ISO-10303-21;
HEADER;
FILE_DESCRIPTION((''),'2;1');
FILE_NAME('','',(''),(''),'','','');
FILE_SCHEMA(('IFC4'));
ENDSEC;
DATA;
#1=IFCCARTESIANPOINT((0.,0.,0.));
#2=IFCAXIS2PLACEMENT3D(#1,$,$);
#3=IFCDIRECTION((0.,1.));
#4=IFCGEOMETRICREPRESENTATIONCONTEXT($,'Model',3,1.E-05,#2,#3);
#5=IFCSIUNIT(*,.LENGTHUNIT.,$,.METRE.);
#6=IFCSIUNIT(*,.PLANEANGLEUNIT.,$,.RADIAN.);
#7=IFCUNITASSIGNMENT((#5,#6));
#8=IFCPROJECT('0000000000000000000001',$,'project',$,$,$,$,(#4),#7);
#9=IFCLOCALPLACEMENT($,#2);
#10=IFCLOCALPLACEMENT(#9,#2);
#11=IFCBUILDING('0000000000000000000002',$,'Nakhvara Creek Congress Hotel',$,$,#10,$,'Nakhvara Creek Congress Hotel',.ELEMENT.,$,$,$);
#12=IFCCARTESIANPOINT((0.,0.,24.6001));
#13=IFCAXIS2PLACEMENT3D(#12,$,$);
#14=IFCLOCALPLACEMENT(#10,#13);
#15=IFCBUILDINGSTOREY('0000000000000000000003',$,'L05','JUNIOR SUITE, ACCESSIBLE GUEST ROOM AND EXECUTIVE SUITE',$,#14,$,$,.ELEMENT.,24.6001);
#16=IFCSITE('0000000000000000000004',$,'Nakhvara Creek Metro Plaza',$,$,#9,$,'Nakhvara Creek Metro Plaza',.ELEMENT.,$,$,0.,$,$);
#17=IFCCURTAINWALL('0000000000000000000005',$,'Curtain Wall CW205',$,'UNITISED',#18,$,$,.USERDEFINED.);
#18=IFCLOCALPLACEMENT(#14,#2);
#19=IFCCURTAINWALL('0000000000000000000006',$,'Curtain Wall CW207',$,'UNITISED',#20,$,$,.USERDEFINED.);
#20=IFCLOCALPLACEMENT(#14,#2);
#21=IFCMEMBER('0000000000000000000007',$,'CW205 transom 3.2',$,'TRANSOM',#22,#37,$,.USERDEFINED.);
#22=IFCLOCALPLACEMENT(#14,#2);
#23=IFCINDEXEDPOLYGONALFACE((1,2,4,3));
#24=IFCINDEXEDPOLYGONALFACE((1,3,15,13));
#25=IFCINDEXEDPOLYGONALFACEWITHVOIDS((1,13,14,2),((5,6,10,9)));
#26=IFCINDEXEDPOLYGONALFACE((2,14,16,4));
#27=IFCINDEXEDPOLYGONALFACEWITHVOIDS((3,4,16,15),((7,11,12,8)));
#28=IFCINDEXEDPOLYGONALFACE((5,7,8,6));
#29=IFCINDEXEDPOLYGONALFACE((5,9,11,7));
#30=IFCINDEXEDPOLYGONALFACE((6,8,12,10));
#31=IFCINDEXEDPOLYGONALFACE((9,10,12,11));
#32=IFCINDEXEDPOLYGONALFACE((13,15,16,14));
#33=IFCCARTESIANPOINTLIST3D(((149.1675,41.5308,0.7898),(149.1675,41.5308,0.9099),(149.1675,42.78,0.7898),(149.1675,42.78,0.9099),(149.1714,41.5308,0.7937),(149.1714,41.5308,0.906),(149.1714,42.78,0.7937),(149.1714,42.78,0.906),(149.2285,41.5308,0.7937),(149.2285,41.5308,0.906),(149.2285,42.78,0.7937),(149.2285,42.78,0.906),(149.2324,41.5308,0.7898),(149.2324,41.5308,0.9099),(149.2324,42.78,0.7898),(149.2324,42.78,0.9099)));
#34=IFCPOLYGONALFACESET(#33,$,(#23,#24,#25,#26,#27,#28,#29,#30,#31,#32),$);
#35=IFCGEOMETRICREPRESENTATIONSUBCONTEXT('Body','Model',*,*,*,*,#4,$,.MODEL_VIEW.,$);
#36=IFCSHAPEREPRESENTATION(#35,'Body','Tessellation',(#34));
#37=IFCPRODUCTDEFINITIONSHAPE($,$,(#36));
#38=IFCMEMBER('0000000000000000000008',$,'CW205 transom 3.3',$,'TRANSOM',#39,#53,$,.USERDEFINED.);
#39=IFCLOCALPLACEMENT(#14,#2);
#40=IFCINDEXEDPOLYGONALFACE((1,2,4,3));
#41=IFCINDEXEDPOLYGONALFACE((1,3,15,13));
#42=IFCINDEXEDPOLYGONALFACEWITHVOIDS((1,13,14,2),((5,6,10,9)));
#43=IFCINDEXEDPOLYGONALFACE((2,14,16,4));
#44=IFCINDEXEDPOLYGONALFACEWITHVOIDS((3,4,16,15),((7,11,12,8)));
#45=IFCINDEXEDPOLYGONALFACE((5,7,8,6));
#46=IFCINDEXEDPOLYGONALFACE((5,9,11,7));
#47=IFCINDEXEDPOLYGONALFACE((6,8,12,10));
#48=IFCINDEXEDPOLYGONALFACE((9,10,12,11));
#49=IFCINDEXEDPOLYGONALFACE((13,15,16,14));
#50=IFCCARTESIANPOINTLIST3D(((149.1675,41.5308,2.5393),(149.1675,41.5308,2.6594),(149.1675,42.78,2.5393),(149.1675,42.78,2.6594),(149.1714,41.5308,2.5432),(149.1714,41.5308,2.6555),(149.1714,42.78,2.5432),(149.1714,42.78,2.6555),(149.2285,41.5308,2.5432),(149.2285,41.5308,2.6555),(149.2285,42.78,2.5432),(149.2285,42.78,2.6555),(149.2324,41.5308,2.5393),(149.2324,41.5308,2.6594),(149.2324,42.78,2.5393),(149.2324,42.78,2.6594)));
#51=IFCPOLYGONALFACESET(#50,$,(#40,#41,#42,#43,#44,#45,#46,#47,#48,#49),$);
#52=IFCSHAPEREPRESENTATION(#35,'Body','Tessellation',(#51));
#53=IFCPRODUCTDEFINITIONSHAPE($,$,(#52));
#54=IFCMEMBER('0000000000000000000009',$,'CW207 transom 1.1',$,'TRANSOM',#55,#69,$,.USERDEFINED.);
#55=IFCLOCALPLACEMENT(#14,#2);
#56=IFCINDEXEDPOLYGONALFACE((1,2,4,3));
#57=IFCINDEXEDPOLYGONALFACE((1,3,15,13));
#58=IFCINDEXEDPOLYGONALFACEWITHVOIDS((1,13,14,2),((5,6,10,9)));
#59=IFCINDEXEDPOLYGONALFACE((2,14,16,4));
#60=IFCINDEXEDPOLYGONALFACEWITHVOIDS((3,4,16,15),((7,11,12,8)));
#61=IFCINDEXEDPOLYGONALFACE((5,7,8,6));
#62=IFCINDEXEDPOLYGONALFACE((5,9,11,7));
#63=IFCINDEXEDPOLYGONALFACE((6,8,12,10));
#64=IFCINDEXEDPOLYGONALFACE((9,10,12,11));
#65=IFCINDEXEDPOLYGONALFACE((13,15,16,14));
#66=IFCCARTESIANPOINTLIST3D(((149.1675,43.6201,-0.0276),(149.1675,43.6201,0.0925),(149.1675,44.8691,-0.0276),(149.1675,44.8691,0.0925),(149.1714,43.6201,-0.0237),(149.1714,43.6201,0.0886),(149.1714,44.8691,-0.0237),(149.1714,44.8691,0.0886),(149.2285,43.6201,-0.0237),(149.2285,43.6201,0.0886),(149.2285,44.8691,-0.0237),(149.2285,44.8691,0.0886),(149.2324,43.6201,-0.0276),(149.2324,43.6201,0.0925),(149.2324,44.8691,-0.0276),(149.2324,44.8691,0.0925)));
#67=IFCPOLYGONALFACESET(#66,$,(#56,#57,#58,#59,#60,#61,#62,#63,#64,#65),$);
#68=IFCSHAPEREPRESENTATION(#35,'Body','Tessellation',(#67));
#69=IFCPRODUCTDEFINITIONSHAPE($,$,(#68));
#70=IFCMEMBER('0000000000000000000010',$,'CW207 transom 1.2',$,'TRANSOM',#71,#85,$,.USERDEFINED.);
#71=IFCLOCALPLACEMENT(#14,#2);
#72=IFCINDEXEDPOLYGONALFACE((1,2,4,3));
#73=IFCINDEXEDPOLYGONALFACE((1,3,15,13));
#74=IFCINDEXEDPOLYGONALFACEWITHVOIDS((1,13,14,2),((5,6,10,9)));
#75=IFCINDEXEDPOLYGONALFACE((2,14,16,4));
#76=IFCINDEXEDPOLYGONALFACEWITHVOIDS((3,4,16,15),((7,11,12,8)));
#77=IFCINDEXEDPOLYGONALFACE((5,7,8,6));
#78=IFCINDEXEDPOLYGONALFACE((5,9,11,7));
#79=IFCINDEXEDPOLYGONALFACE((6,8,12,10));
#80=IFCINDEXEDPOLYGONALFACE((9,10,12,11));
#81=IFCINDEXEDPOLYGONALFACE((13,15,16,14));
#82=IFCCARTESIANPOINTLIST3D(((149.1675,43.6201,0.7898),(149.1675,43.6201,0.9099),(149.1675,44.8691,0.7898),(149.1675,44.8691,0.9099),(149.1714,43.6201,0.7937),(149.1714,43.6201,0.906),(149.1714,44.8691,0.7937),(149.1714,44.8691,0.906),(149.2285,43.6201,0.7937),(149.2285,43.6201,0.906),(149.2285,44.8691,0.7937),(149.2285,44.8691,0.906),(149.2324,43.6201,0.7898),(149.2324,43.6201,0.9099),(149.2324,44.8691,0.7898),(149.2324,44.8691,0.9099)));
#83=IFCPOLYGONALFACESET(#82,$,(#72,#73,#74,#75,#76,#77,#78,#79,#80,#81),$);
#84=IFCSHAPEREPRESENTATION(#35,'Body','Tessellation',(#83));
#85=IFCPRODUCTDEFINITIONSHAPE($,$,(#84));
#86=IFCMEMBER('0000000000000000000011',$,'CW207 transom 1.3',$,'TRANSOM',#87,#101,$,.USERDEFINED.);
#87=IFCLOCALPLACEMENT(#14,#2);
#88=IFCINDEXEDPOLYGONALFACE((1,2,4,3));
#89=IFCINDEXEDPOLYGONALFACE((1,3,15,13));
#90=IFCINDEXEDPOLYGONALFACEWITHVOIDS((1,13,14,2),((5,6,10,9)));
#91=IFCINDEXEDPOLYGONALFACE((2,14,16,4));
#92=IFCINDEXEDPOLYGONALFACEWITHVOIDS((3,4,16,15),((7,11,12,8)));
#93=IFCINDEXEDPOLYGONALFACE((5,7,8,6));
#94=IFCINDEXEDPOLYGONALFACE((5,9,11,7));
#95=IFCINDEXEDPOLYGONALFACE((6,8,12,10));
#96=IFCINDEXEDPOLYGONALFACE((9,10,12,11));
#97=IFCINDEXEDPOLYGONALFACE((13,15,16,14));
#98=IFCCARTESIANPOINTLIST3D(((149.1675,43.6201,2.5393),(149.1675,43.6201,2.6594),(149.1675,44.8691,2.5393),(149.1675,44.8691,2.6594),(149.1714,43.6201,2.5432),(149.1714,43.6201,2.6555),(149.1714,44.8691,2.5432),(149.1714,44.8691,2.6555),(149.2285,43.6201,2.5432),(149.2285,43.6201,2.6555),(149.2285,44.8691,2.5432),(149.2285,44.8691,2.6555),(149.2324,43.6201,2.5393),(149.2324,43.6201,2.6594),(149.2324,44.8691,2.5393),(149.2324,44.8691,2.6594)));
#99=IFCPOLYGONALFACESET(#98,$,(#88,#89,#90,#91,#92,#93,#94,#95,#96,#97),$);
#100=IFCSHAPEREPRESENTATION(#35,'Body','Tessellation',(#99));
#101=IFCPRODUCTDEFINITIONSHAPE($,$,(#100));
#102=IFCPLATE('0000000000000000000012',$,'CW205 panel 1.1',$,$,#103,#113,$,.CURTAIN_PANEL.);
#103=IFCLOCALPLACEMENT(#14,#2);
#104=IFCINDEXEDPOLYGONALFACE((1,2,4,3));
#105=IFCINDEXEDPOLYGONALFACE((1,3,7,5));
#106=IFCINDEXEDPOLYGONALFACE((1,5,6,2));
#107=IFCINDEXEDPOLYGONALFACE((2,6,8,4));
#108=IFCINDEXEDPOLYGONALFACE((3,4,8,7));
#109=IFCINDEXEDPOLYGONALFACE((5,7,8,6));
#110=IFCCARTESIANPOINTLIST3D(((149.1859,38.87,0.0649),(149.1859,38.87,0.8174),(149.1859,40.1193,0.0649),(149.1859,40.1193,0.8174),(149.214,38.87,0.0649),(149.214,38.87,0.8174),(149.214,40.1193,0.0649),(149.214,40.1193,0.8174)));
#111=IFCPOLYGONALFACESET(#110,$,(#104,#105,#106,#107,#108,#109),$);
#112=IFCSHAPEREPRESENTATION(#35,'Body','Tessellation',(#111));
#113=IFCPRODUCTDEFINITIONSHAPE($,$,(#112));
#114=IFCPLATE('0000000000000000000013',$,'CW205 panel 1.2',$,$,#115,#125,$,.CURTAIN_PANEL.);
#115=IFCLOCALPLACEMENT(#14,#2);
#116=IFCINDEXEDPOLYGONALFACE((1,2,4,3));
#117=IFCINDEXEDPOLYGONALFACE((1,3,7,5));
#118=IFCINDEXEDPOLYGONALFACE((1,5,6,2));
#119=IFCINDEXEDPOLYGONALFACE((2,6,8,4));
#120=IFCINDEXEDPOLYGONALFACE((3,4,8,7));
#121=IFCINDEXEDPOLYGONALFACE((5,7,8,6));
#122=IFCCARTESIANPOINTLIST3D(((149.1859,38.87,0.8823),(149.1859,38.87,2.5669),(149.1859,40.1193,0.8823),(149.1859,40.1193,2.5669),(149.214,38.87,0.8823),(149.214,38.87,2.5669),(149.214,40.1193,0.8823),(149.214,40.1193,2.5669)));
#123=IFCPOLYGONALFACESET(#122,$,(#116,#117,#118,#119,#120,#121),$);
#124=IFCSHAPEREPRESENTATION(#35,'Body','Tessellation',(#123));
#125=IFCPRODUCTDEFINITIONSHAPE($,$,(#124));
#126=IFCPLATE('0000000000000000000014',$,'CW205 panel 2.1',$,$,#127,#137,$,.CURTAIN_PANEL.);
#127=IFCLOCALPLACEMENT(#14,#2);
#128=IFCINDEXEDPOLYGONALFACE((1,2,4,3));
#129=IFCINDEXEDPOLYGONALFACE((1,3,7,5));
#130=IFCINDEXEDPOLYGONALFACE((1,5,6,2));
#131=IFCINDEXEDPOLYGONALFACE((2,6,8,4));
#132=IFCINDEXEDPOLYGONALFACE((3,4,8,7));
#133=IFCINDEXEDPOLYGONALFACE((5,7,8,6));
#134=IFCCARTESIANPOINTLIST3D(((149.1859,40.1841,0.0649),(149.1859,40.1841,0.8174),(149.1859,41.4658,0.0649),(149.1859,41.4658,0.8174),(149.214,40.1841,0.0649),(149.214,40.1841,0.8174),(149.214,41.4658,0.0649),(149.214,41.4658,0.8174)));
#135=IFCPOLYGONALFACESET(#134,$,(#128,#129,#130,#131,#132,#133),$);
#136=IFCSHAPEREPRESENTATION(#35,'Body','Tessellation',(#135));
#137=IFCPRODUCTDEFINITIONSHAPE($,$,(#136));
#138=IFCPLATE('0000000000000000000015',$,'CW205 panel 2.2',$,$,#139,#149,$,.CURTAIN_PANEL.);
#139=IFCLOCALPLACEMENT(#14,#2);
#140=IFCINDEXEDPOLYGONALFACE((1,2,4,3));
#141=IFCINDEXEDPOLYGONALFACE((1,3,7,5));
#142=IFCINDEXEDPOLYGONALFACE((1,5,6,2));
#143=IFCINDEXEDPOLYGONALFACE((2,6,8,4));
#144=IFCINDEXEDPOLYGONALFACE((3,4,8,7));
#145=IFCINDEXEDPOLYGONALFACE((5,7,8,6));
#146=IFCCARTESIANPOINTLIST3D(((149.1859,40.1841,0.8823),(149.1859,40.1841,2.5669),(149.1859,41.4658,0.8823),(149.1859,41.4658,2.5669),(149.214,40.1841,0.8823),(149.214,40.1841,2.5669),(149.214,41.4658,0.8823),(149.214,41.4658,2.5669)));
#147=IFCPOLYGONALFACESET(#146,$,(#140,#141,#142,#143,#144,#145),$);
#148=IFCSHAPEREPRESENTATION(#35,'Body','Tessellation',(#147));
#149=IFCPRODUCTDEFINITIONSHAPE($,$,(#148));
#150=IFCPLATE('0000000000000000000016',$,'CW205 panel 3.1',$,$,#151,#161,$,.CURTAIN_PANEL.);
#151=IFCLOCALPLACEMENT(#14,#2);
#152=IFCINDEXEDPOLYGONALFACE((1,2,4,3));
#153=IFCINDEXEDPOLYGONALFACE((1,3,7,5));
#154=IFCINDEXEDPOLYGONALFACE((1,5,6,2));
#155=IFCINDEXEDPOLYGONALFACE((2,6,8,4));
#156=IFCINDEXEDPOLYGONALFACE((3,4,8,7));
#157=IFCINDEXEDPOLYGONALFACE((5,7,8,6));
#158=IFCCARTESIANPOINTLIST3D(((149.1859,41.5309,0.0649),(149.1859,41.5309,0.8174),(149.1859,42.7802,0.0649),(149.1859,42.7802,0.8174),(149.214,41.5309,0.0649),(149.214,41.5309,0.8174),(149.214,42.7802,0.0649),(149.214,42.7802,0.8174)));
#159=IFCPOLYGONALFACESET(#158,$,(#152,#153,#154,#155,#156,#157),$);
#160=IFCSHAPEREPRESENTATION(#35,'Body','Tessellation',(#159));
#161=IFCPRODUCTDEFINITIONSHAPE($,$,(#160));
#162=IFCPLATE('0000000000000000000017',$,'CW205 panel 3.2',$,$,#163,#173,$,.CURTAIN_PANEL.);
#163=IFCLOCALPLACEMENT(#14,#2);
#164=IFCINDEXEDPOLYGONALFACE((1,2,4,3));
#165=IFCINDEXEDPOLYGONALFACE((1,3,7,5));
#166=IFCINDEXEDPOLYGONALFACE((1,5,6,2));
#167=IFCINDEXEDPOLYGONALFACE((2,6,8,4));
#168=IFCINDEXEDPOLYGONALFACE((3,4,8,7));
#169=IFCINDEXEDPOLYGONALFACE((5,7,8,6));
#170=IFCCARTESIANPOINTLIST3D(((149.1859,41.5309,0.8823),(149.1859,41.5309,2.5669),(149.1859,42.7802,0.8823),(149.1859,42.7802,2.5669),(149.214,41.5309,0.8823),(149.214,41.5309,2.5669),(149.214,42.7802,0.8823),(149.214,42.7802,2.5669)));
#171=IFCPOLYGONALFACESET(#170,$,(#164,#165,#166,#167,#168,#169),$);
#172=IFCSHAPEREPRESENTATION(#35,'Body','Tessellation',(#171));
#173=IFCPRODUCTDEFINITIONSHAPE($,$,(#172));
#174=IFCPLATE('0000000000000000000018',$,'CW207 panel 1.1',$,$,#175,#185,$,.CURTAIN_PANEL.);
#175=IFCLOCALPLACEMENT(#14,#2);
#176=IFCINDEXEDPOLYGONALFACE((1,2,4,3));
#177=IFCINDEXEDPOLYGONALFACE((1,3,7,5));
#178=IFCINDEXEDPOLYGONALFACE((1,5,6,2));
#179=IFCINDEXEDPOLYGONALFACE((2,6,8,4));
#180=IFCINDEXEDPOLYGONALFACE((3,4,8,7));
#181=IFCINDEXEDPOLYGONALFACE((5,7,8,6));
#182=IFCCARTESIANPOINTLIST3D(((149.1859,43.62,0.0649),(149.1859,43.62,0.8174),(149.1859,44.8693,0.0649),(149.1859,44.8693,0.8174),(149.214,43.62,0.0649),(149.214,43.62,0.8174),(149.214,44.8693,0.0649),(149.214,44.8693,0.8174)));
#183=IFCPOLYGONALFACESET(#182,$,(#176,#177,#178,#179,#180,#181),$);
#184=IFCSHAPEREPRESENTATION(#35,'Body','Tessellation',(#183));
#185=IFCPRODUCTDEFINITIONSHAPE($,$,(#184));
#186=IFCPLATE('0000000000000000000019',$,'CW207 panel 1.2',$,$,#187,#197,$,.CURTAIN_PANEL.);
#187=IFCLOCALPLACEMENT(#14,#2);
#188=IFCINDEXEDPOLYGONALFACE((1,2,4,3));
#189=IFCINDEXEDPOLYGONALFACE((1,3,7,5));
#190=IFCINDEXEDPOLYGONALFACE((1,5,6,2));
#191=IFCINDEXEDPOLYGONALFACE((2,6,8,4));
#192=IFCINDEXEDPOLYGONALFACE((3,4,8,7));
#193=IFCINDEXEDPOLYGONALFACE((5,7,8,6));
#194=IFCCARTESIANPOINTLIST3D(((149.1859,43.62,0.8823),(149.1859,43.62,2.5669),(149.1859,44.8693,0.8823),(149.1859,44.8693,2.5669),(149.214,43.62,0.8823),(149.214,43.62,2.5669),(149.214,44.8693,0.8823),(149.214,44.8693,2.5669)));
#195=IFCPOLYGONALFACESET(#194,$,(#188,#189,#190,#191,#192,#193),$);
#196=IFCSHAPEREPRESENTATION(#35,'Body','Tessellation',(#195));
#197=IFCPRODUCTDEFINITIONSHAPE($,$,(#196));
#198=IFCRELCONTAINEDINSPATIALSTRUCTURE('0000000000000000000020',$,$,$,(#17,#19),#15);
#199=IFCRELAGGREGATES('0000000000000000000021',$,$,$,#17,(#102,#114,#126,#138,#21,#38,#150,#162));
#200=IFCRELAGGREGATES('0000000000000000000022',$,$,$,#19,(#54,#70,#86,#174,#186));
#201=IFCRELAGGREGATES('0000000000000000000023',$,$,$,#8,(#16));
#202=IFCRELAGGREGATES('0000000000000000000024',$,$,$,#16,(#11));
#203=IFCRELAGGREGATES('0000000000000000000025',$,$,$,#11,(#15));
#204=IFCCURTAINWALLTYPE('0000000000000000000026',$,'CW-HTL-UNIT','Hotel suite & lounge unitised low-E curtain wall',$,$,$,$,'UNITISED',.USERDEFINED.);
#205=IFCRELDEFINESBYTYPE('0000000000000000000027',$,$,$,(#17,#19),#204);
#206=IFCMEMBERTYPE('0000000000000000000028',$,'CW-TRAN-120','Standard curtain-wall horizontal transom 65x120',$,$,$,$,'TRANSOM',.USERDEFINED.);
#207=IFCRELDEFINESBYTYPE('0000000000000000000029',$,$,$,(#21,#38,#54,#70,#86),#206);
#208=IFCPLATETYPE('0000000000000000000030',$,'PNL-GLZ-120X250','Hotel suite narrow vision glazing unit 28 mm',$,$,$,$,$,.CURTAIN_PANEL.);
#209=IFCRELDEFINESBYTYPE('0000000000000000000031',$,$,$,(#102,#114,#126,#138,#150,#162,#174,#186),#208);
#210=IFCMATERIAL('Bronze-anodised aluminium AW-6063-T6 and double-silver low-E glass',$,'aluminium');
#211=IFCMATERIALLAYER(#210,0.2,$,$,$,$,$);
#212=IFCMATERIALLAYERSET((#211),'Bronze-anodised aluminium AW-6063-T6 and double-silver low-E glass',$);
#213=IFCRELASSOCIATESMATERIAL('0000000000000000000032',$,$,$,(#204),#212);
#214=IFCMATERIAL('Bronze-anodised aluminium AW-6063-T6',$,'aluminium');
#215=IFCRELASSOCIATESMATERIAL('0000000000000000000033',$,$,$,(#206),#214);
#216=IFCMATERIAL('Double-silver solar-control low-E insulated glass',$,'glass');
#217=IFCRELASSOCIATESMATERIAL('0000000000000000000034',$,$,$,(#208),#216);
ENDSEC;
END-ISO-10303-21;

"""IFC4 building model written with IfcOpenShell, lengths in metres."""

from ifc_helpers import new_model, si_unit, direction, frame, origin, origin_2d, place, context, subcontext, project, spatial, rectangle, hollow_rectangle, extrude, material, layer, layer_set, material_profile, profile_set, type_object, element, aggregate, save


model = new_model("IFC4")

# Units and contexts
model_context = context("Model", 3, precision=1e-05, world=origin(), true_north=direction((0.0, 1.0)))
body_context = subcontext(model_context, "Body", "Model", "MODEL_VIEW")
ifc_project = project(units=[si_unit("LENGTHUNIT", "METRE"), si_unit("PLANEANGLEUNIT", "RADIAN")], contexts=[model_context])

# Site, building, storey
site_placement = place(None, origin())
site = spatial("IfcSite", under=ifc_project, at=site_placement, Name="Nakhvara Creek Metro Plaza", LongName="Nakhvara Creek Metro Plaza", CompositionType="ELEMENT", RefElevation=0.0)
building_placement = place(site_placement, origin())
building = spatial("IfcBuilding", under=site, at=building_placement, Name="Nakhvara Creek Congress Hotel", LongName="Nakhvara Creek Congress Hotel", CompositionType="ELEMENT")
storey_placement = place(building_placement, frame((0.0, 0.0, 24.6001)))
storey = spatial("IfcBuildingStorey", under=building, at=storey_placement, Name="L05", Description="JUNIOR SUITE, ACCESSIBLE GUEST ROOM AND EXECUTIVE SUITE", CompositionType="ELEMENT", Elevation=24.6001)

# Curtain walls
ifc_material_1 = material(Name="Bronze-anodised aluminium AW-6063-T6 and double-silver low-E glass", Category="aluminium")
ifc_layer = layer(ifc_material_1, 0.2)
ifc_layer_set = layer_set([ifc_layer], Name="Bronze-anodised aluminium AW-6063-T6 and double-silver low-E glass")
curtain_wall_type = type_object("IfcCurtainWallType", Name="CW-HTL-UNIT", Description="Hotel suite & lounge unitised low-E curtain wall", ElementType="UNITISED", PredefinedType="USERDEFINED", material=ifc_layer_set)
curtain_wall_1_placement = place(storey_placement, origin())
curtain_wall_1 = element("IfcCurtainWall", 1, at=curtain_wall_1_placement, inside=storey, type_object=curtain_wall_type, Name="Curtain Wall CW205", ObjectType="UNITISED", PredefinedType="USERDEFINED")
ifc_material_2 = material(Name="Bronze-anodised aluminium AW-6063-T6", Category="aluminium")
curtain_wall_2_placement = place(storey_placement, origin())
curtain_wall_2 = element("IfcCurtainWall", 2, at=curtain_wall_2_placement, inside=storey, type_object=curtain_wall_type, Name="Curtain Wall CW207", ObjectType="UNITISED", PredefinedType="USERDEFINED")

# Members
ifc_material_profile_1 = material_profile(ifc_material_2, hollow_rectangle(XDim=0.0649, YDim=0.1201, WallThickness=0.0039, at=origin_2d()), Name="ALU-TRAN 65x120x4", Category="LoadBearing")
ifc_profile_set_1 = profile_set([ifc_material_profile_1], Name="Bronze-anodised aluminium AW-6063-T6")
member_type_1 = type_object("IfcMemberType", Name="CW-TRAN-120", Description="Standard curtain-wall horizontal transom 65x120", ElementType="TRANSOM", PredefinedType="USERDEFINED", material=ifc_profile_set_1)
member_1_placement = place(storey_placement, frame((149.2, 41.5308, 0.8499), z_axis=(0.0, 1.0, 0.0), x_axis=(-1.0, 0.0, 0.0)))
member_1 = element("IfcMember", 3, at=member_1_placement, type_object=member_type_1, Name="CW205 transom 3.2", ObjectType="TRANSOM", PredefinedType="USERDEFINED", context=body_context, shape_type="SweptSolid", body=[
    extrude(hollow_rectangle(XDim=0.0649, YDim=0.1201, WallThickness=0.0039, at=origin_2d()), origin(), (0.0, 0.0, 1.0), 1.2493),
])
member_2_placement = place(storey_placement, frame((149.2, 41.5308, 2.5994), z_axis=(0.0, 1.0, 0.0), x_axis=(-1.0, 0.0, 0.0)))
member_2 = element("IfcMember", 4, at=member_2_placement, type_object=member_type_1, Name="CW205 transom 3.3", ObjectType="TRANSOM", PredefinedType="USERDEFINED", context=body_context, shape_type="SweptSolid", body=[
    extrude(hollow_rectangle(XDim=0.0649, YDim=0.1201, WallThickness=0.0039, at=origin_2d()), origin(), (0.0, 0.0, 1.0), 1.2493),
])
member_3_placement = place(storey_placement, frame((149.2, 43.6201, 0.0325), z_axis=(0.0, 1.0, 0.0), x_axis=(-1.0, 0.0, 0.0)))
member_3 = element("IfcMember", 5, at=member_3_placement, type_object=member_type_1, Name="CW207 transom 1.1", ObjectType="TRANSOM", PredefinedType="USERDEFINED", context=body_context, shape_type="SweptSolid", body=[
    extrude(hollow_rectangle(XDim=0.0649, YDim=0.1201, WallThickness=0.0039, at=origin_2d()), origin(), (0.0, 0.0, 1.0), 1.249),
])
member_4_placement = place(storey_placement, frame((149.2, 43.6201, 0.8499), z_axis=(0.0, 1.0, 0.0), x_axis=(-1.0, 0.0, 0.0)))
member_4 = element("IfcMember", 6, at=member_4_placement, type_object=member_type_1, Name="CW207 transom 1.2", ObjectType="TRANSOM", PredefinedType="USERDEFINED", context=body_context, shape_type="SweptSolid", body=[
    extrude(hollow_rectangle(XDim=0.0649, YDim=0.1201, WallThickness=0.0039, at=origin_2d()), origin(), (0.0, 0.0, 1.0), 1.249),
])
member_5_placement = place(storey_placement, frame((149.2, 43.6201, 2.5994), z_axis=(0.0, 1.0, 0.0), x_axis=(-1.0, 0.0, 0.0)))
member_5 = element("IfcMember", 7, at=member_5_placement, type_object=member_type_1, Name="CW207 transom 1.3", ObjectType="TRANSOM", PredefinedType="USERDEFINED", context=body_context, shape_type="SweptSolid", body=[
    extrude(hollow_rectangle(XDim=0.0649, YDim=0.1201, WallThickness=0.0039, at=origin_2d()), origin(), (0.0, 0.0, 1.0), 1.249),
])

# Plates
ifc_material_3 = material(Name="Double-silver solar-control low-E insulated glass", Category="glass")
plate_type = type_object("IfcPlateType", Name="PNL-GLZ-120X250", Description="Hotel suite narrow vision glazing unit 28 mm", PredefinedType="CURTAIN_PANEL", material=ifc_material_3)
plate_1_placement = place(storey_placement, frame((149.2, 39.4946, 0.0649), z_axis=(0.0, 0.0, 1.0), x_axis=(0.0, 1.0, 0.0)))
plate_1 = element("IfcPlate", 8, at=plate_1_placement, type_object=plate_type, Name="CW205 panel 1.1", PredefinedType="CURTAIN_PANEL", context=body_context, shape_type="SweptSolid", body=[
    extrude(rectangle(XDim=1.2493, YDim=0.0281, at=origin_2d()), origin(), (0.0, 0.0, 1.0), 0.7524),
])
plate_2_placement = place(storey_placement, frame((149.2, 39.4946, 0.8823), z_axis=(0.0, 0.0, 1.0), x_axis=(0.0, 1.0, 0.0)))
plate_2 = element("IfcPlate", 9, at=plate_2_placement, type_object=plate_type, Name="CW205 panel 1.2", PredefinedType="CURTAIN_PANEL", context=body_context, shape_type="SweptSolid", body=[
    extrude(rectangle(XDim=1.2493, YDim=0.0281, at=origin_2d()), origin(), (0.0, 0.0, 1.0), 1.6846),
])
plate_3_placement = place(storey_placement, frame((149.2, 40.825, 0.0649), z_axis=(0.0, 0.0, 1.0), x_axis=(0.0, 1.0, 0.0)))
plate_3 = element("IfcPlate", 10, at=plate_3_placement, type_object=plate_type, Name="CW205 panel 2.1", PredefinedType="CURTAIN_PANEL", context=body_context, shape_type="SweptSolid", body=[
    extrude(rectangle(XDim=1.2817, YDim=0.0281, at=origin_2d()), origin(), (0.0, 0.0, 1.0), 0.7524),
])
plate_4_placement = place(storey_placement, frame((149.2, 40.825, 0.8823), z_axis=(0.0, 0.0, 1.0), x_axis=(0.0, 1.0, 0.0)))
plate_4 = element("IfcPlate", 11, at=plate_4_placement, type_object=plate_type, Name="CW205 panel 2.2", PredefinedType="CURTAIN_PANEL", context=body_context, shape_type="SweptSolid", body=[
    extrude(rectangle(XDim=1.2817, YDim=0.0281, at=origin_2d()), origin(), (0.0, 0.0, 1.0), 1.6846),
])
plate_5_placement = place(storey_placement, frame((149.2, 42.1555, 0.0649), z_axis=(0.0, 0.0, 1.0), x_axis=(0.0, 1.0, 0.0)))
plate_5 = element("IfcPlate", 12, at=plate_5_placement, type_object=plate_type, Name="CW205 panel 3.1", PredefinedType="CURTAIN_PANEL", context=body_context, shape_type="SweptSolid", body=[
    extrude(rectangle(XDim=1.2493, YDim=0.0281, at=origin_2d()), origin(), (0.0, 0.0, 1.0), 0.7524),
])
plate_6_placement = place(storey_placement, frame((149.2, 42.1555, 0.8823), z_axis=(0.0, 0.0, 1.0), x_axis=(0.0, 1.0, 0.0)))
plate_6 = element("IfcPlate", 13, at=plate_6_placement, type_object=plate_type, Name="CW205 panel 3.2", PredefinedType="CURTAIN_PANEL", context=body_context, shape_type="SweptSolid", body=[
    extrude(rectangle(XDim=1.2493, YDim=0.0281, at=origin_2d()), origin(), (0.0, 0.0, 1.0), 1.6846),
])
aggregate(curtain_wall_1, [plate_1, plate_2, plate_3, plate_4, member_1, member_2, plate_5, plate_6])
plate_7_placement = place(storey_placement, frame((149.2, 44.2446, 0.0649), z_axis=(0.0, 0.0, 1.0), x_axis=(0.0, 1.0, 0.0)))
plate_7 = element("IfcPlate", 14, at=plate_7_placement, type_object=plate_type, Name="CW207 panel 1.1", PredefinedType="CURTAIN_PANEL", context=body_context, shape_type="SweptSolid", body=[
    extrude(rectangle(XDim=1.2493, YDim=0.0281, at=origin_2d()), origin(), (0.0, 0.0, 1.0), 0.7524),
])
plate_8_placement = place(storey_placement, frame((149.2, 44.2446, 0.8823), z_axis=(0.0, 0.0, 1.0), x_axis=(0.0, 1.0, 0.0)))
plate_8 = element("IfcPlate", 15, at=plate_8_placement, type_object=plate_type, Name="CW207 panel 1.2", PredefinedType="CURTAIN_PANEL", context=body_context, shape_type="SweptSolid", body=[
    extrude(rectangle(XDim=1.2493, YDim=0.0281, at=origin_2d()), origin(), (0.0, 0.0, 1.0), 1.6846),
])
aggregate(curtain_wall_2, [member_3, member_4, member_5, plate_7, plate_8])

save(model, "model.ifc")
